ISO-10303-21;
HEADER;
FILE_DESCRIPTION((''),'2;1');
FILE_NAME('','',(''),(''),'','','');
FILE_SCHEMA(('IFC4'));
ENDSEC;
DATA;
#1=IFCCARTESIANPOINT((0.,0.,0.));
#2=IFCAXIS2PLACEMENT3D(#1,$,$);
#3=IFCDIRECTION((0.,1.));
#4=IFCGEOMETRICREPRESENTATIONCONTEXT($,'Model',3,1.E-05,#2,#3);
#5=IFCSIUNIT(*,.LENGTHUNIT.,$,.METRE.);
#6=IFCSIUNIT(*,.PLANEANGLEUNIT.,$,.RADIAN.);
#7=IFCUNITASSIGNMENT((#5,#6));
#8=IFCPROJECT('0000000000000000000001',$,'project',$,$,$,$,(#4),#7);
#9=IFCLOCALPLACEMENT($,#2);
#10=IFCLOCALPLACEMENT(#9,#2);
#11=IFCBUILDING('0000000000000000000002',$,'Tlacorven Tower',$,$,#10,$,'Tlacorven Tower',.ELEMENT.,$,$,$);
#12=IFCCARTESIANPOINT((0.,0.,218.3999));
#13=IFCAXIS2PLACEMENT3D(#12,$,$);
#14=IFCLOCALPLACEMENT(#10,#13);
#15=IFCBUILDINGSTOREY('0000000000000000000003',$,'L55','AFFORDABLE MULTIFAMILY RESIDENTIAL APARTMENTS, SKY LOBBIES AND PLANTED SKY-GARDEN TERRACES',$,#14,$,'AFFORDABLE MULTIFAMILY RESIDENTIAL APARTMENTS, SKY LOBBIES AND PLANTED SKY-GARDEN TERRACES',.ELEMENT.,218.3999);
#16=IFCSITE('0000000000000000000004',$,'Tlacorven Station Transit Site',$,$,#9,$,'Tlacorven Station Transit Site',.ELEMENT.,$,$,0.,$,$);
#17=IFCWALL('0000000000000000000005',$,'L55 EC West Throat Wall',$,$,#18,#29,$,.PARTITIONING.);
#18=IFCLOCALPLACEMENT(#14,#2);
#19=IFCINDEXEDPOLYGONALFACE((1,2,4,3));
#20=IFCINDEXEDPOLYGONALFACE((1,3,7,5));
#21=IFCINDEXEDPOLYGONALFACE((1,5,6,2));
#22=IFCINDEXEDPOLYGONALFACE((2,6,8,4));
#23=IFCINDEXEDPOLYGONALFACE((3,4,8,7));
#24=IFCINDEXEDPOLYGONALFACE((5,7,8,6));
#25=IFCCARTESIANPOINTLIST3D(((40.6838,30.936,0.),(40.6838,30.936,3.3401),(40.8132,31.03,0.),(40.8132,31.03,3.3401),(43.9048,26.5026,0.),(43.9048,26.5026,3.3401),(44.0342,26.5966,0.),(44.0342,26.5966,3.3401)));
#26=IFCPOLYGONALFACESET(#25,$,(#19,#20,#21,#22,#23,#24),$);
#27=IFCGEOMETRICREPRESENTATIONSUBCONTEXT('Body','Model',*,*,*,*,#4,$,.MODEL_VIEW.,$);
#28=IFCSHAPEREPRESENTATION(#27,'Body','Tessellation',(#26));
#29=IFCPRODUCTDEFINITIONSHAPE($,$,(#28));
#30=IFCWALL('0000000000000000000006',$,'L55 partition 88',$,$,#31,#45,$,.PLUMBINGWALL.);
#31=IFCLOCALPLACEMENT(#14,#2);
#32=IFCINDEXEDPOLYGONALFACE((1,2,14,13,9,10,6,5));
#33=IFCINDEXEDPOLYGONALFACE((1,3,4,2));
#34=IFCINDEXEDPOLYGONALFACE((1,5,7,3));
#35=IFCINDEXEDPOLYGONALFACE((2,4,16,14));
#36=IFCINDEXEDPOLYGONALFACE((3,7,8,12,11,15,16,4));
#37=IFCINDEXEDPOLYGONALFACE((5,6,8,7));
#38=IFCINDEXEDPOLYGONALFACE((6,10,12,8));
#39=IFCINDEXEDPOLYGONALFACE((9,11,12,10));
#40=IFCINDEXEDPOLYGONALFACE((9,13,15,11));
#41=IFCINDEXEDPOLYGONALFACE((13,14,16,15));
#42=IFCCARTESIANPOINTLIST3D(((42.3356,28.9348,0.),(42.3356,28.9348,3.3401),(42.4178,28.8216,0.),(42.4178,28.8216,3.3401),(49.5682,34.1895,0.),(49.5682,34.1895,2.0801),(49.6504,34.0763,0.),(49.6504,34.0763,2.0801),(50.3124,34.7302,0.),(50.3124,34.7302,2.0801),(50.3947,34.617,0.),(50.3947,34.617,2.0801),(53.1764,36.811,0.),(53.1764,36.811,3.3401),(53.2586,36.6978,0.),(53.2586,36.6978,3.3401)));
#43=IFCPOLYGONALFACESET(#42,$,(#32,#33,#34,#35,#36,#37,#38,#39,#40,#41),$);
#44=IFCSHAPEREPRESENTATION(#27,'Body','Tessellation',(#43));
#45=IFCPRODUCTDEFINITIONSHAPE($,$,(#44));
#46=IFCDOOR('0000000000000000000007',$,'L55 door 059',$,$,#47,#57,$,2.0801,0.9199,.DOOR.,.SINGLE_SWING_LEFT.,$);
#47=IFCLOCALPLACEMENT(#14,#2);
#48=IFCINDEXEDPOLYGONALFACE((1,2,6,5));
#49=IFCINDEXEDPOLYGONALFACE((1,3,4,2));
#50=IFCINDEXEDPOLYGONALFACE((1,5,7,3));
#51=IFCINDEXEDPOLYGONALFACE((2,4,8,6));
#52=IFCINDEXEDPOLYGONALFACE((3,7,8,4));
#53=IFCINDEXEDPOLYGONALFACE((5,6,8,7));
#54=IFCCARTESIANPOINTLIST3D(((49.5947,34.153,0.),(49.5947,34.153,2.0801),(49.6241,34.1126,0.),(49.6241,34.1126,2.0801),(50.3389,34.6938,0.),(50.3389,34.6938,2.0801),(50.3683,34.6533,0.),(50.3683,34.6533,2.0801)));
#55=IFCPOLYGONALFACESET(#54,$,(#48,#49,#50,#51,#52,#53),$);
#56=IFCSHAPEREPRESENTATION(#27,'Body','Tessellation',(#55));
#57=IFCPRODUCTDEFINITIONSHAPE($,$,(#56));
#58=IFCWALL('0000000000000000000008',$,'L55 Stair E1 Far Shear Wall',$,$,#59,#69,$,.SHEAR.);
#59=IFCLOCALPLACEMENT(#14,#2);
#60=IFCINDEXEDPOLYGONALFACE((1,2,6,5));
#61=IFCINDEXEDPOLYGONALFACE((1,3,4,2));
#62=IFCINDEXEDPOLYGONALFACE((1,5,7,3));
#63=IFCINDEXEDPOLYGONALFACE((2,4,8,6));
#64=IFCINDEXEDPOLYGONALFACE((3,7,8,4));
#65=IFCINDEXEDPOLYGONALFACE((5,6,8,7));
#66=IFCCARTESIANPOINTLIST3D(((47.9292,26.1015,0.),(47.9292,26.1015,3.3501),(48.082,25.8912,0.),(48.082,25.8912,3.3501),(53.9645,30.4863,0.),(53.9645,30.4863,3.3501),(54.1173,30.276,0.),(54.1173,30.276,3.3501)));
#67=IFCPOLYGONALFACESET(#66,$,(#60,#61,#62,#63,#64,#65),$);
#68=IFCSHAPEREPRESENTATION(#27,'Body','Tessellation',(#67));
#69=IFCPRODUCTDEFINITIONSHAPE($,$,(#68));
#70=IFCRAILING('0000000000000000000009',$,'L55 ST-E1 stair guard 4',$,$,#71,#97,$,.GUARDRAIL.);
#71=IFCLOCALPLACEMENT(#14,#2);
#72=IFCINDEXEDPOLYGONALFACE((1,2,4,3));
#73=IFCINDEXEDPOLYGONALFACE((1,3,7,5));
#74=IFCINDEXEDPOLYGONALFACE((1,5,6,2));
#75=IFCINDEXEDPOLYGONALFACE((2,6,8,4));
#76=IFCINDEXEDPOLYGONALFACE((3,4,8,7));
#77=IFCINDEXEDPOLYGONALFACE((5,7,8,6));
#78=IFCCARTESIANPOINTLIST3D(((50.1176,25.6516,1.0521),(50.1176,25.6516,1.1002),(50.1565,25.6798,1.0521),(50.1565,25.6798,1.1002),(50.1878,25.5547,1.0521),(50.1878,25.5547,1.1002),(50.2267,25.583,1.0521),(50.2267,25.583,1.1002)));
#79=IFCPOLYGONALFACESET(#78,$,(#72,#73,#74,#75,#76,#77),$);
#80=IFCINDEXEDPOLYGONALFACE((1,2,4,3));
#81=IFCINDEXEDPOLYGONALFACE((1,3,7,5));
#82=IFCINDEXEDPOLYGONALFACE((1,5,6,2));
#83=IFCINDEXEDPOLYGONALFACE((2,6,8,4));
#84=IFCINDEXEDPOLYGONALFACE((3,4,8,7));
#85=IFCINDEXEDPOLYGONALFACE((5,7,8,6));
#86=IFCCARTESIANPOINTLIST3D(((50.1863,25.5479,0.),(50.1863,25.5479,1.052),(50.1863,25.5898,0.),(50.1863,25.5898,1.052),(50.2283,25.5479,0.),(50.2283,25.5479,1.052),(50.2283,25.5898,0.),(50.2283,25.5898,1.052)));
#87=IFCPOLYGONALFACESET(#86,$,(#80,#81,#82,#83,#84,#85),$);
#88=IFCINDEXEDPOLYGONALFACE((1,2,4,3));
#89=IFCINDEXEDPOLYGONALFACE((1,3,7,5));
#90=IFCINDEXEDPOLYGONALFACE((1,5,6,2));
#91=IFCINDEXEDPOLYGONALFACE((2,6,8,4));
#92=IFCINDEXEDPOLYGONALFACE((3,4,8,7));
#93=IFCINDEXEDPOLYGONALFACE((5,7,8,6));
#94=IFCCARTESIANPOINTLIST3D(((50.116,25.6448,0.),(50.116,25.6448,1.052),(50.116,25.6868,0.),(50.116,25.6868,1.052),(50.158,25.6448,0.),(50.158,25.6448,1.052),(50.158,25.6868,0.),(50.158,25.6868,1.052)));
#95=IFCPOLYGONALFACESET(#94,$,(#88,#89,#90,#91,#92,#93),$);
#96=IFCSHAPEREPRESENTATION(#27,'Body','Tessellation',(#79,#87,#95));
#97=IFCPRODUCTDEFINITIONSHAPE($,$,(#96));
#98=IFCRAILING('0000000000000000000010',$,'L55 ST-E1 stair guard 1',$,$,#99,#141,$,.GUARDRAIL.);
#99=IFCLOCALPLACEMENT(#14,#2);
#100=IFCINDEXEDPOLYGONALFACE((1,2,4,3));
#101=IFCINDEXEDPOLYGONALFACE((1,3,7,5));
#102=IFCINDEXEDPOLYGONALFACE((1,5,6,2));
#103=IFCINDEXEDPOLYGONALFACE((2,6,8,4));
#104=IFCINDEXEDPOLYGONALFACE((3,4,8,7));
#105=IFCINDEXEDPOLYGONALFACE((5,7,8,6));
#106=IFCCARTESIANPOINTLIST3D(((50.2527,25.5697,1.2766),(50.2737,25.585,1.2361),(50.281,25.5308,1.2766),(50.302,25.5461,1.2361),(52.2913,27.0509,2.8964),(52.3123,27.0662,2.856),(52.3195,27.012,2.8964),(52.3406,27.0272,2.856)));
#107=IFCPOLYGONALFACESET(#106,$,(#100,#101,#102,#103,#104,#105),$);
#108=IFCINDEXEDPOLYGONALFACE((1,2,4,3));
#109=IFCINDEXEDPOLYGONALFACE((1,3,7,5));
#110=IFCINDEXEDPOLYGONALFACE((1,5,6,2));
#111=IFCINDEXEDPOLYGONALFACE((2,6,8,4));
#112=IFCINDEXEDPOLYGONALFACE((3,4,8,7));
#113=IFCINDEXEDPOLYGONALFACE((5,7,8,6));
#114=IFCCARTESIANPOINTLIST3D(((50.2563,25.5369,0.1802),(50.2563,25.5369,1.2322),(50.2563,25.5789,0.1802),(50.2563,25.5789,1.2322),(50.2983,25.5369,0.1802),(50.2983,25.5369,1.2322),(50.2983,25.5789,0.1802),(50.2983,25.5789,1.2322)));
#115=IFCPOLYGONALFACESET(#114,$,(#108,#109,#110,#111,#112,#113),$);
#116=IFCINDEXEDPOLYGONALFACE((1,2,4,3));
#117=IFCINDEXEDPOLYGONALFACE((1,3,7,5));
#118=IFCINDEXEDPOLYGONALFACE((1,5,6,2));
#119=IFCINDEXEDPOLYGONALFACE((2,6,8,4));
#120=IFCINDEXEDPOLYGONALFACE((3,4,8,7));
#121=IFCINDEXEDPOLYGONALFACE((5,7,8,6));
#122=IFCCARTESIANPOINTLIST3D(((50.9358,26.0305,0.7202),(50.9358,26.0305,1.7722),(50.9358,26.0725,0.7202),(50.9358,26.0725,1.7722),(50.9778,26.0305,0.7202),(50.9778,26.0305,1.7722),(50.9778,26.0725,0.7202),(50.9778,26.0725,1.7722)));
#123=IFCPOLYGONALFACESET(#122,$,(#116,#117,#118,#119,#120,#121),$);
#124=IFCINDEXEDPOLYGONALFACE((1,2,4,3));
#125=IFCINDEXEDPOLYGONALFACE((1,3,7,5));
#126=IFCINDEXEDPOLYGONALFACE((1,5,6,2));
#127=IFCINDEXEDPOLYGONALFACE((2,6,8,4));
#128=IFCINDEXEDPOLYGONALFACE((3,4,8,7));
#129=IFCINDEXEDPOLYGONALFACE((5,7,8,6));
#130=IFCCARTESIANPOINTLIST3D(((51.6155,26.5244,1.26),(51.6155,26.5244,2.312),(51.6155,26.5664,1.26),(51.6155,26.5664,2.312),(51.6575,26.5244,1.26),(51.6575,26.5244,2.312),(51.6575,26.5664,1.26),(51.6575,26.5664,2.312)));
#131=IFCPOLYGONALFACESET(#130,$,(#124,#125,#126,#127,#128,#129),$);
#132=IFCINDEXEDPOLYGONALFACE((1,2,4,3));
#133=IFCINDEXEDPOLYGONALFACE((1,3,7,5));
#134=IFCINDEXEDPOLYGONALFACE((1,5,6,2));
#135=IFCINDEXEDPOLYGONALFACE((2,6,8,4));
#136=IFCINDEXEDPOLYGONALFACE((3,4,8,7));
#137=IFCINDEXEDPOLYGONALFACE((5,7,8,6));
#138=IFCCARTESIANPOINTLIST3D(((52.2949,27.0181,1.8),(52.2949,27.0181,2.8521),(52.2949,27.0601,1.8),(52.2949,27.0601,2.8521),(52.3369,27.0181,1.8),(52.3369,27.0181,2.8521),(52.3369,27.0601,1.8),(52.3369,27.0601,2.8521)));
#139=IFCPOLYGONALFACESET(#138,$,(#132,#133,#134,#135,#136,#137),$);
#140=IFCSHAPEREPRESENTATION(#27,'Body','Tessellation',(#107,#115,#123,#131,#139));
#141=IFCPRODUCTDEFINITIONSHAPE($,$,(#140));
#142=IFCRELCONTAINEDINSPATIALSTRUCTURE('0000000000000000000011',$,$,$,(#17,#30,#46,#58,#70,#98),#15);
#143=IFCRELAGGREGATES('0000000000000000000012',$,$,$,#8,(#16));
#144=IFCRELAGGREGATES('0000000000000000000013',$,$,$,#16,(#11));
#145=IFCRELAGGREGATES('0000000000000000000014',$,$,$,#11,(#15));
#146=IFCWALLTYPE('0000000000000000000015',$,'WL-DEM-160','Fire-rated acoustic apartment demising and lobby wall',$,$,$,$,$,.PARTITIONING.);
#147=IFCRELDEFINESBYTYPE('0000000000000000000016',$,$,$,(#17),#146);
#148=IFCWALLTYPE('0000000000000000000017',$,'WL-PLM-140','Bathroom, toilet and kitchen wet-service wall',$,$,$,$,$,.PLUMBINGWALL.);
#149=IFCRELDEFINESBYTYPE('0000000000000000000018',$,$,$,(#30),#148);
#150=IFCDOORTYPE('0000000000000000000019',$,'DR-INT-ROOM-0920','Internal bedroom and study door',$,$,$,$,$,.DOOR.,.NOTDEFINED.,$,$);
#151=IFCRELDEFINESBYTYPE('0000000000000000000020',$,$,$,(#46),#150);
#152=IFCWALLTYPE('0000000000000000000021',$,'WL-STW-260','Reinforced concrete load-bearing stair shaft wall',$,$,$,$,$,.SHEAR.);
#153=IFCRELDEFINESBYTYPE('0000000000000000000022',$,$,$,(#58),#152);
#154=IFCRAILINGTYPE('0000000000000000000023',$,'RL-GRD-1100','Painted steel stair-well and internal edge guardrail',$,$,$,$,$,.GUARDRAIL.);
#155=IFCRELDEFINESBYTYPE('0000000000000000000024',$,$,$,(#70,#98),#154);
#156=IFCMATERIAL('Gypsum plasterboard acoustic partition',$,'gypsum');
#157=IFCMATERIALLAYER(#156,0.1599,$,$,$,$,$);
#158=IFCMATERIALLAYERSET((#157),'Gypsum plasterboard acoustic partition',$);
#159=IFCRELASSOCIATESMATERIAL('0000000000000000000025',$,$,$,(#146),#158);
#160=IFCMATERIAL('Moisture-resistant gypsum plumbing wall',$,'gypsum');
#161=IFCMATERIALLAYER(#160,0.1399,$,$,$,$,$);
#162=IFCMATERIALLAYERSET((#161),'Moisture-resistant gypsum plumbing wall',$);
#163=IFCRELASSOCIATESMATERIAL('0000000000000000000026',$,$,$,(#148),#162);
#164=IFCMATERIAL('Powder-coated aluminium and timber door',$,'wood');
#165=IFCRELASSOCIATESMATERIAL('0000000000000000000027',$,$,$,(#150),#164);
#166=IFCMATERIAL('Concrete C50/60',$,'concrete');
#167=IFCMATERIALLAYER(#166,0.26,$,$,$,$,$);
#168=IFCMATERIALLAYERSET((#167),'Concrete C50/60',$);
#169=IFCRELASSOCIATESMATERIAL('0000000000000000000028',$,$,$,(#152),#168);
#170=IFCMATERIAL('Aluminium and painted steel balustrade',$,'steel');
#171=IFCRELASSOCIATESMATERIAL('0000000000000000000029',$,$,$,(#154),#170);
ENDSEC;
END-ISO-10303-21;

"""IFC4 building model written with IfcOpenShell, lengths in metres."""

from ifc_helpers import new_model, si_unit, direction, frame, frame_2d, origin, origin_2d, place, context, subcontext, project, spatial, rectangle, extrude, source, transform, mapped, material, layer, layer_set, type_object, element, fill, save


model = new_model("IFC4")

# Units and contexts
model_context = context("Model", 3, precision=1e-05, world=origin(), true_north=direction((0.0, 1.0)))
body_context = subcontext(model_context, "Body", "Model", "MODEL_VIEW")
ifc_project = project(units=[si_unit("LENGTHUNIT", "METRE"), si_unit("PLANEANGLEUNIT", "RADIAN")], contexts=[model_context])

# Site, building, storey
site_placement = place(None, origin())
site = spatial("IfcSite", under=ifc_project, at=site_placement, Name="Tlacorven Station Transit Site", LongName="Tlacorven Station Transit Site", CompositionType="ELEMENT", RefElevation=0.0)
building_placement = place(site_placement, origin())
building = spatial("IfcBuilding", under=site, at=building_placement, Name="Tlacorven Tower", LongName="Tlacorven Tower", CompositionType="ELEMENT")
storey_placement = place(building_placement, frame((0.0, 0.0, 218.3999)))
storey = spatial("IfcBuildingStorey", under=building, at=storey_placement, Name="L55", Description="AFFORDABLE MULTIFAMILY RESIDENTIAL APARTMENTS, SKY LOBBIES AND PLANTED SKY-GARDEN TERRACES", LongName="AFFORDABLE MULTIFAMILY RESIDENTIAL APARTMENTS, SKY LOBBIES AND PLANTED SKY-GARDEN TERRACES", CompositionType="ELEMENT", Elevation=218.3999)

# Shared definitions
ifc_material_1 = material(Name="Gypsum plasterboard acoustic partition", Category="gypsum")
ifc_layer_1 = layer(ifc_material_1, 0.1599)
ifc_layer_set_1 = layer_set([ifc_layer_1], Name="Gypsum plasterboard acoustic partition")
wall_type_1 = type_object("IfcWallType", Name="WL-DEM-160", Description="Fire-rated acoustic apartment demising and lobby wall", PredefinedType="PARTITIONING", material=ifc_layer_set_1)

# Wall
wall_1_placement = place(storey_placement, frame((43.9695, 26.5496, 0.0), z_axis=(0.0, 0.0, 1.0), x_axis=(-0.587777, 0.809023, 0.0)))
element("IfcWall", 1, at=wall_1_placement, inside=storey, type_object=wall_type_1, Name="L55 EC West Throat Wall", PredefinedType="PARTITIONING", context=body_context, shape_type="SweptSolid", body=[
    extrude(rectangle(XDim=5.48, YDim=0.1599, at=frame_2d((2.74, 0.0))), origin(), (0.0, 0.0, 1.0), 3.3401),
])

# Wall, opening, door
ifc_material_2 = material(Name="Moisture-resistant gypsum plumbing wall", Category="gypsum")
ifc_layer_2 = layer(ifc_material_2, 0.1399)
ifc_layer_set_2 = layer_set([ifc_layer_2], Name="Moisture-resistant gypsum plumbing wall")
wall_type_2 = type_object("IfcWallType", Name="WL-PLM-140", Description="Bathroom, toilet and kitchen wet-service wall", PredefinedType="PLUMBINGWALL", material=ifc_layer_set_2)
wall_2_placement = place(storey_placement, frame((42.3767, 28.8782, 0.0), z_axis=(0.0, 0.0, 1.0), x_axis=(0.80902, 0.587781, 0.0)))
wall_2 = element("IfcWall", 2, at=wall_2_placement, inside=storey, type_object=wall_type_2, Name="L55 partition 88", PredefinedType="PLUMBINGWALL", context=body_context, shape_type="SweptSolid", body=[
    extrude(rectangle(XDim=13.3999, YDim=0.1399, at=frame_2d((6.7, 0.0))), origin(), (0.0, 0.0, 1.0), 3.3401),
])
opening_1_placement = place(wall_2_placement, frame((8.9399, 0.0, 0.0)))
opening_1 = element("IfcOpeningElement", 3, at=opening_1_placement, cuts=wall_2, PredefinedType="OPENING", context=body_context, shape_type="SweptSolid", body=[
    extrude(rectangle(XDim=0.9199, YDim=2.0801, at=frame_2d((0.46, 1.04))), frame((0.0, 0.0801, 0.0), z_axis=(0.0, -1.0, 0.0), x_axis=(1.0, 0.0, 0.0)), (0.0, 0.0, 1.0), 0.1599),
])
ifc_material_3 = material(Name="Powder-coated aluminium and timber door", Category="wood")
door_type_1 = type_object("IfcDoorType", Name="DR-INT-ROOM-0920", Description="Internal bedroom and study door", OperationType="NOTDEFINED", PredefinedType="DOOR", material=ifc_material_3)
shared_shape_1 = source(origin(), body_context, "Body", "SweptSolid", [
    extrude(rectangle(XDim=0.9199, YDim=2.0801, at=frame_2d((0.46, 1.04))), frame((0.0, 0.0249, 0.0), z_axis=(0.0, -1.0, 0.0), x_axis=(1.0, 0.0, 0.0)), (0.0, 0.0, 1.0), 0.05),
])
door_1_placement = place(opening_1_placement, origin())
door_1 = element("IfcDoor", 4, at=door_1_placement, inside=storey, type_object=door_type_1, Name="L55 door 059", OperationType="SINGLE_SWING_LEFT", OverallHeight=2.0801, OverallWidth=0.9199, PredefinedType="DOOR", context=body_context, shape_type="MappedRepresentation", body=[
    mapped(shared_shape_1, transform((0.0, 0.0, 0.0), scale=1.0)),
])
fill(opening_1, door_1)

# Wall
ifc_material_4 = material(Name="Concrete C50/60", Category="concrete")
ifc_layer_3 = layer(ifc_material_4, 0.26)
ifc_layer_set_3 = layer_set([ifc_layer_3], Name="Concrete C50/60")
wall_type_3 = type_object("IfcWallType", Name="WL-STW-260", Description="Reinforced concrete load-bearing stair shaft wall", PredefinedType="SHEAR", material=ifc_layer_set_3)
wall_3_placement = place(storey_placement, frame((48.0056, 25.9963, 0.0), z_axis=(0.0, 0.0, 1.0), x_axis=(0.809019, 0.587782, 0.0)))
element("IfcWall", 5, at=wall_3_placement, inside=storey, type_object=wall_type_3, Name="L55 Stair E1 Far Shear Wall", PredefinedType="SHEAR", context=body_context, shape_type="SweptSolid", body=[
    extrude(rectangle(XDim=7.46, YDim=0.26, at=frame_2d((3.73, 0.0))), origin(), (0.0, 0.0, 1.0), 3.3501),
])

# Railings
ifc_material_5 = material(Name="Aluminium and painted steel balustrade", Category="steel")
railing_type = type_object("IfcRailingType", Name="RL-GRD-1100", Description="Painted steel stair-well and internal edge guardrail", PredefinedType="GUARDRAIL", material=ifc_material_5)
shared_shape_2 = source(origin(), body_context, "Body", "SweptSolid", [
    extrude(rectangle(XDim=0.0481, YDim=0.0481, at=origin_2d()), frame((0.0, 0.0, 1.0762), z_axis=(-0.587201, 0.809441, 0.0), x_axis=(-0.809441, -0.587201, 0.0)), (0.0, 0.0, 1.0), 0.1196),
    extrude(rectangle(XDim=0.042, YDim=0.042, at=origin_2d()), origin(), (0.0, 0.0, 1.0), 1.052),
    extrude(rectangle(XDim=0.042, YDim=0.042, at=origin_2d()), frame((-0.0703, 0.0969, 0.0)), (0.0, 0.0, 1.0), 1.052),
])
railing_1_placement = place(storey_placement, frame((50.2073, 25.5688, 0.0)))
element("IfcRailing", 6, at=railing_1_placement, inside=storey, type_object=railing_type, Name="L55 ST-E1 stair guard 4", PredefinedType="GUARDRAIL", context=body_context, shape_type="MappedRepresentation", body=[
    mapped(shared_shape_2, transform((0.0, 0.0, 0.0), scale=1.0)),
])
shared_shape_3 = source(origin(), body_context, "Body", "SweptSolid", [
    extrude(rectangle(XDim=0.0481, YDim=0.0481, at=origin_2d()), frame((0.0, 0.0, 1.0762), z_axis=(0.680519, 0.494456, 0.540747), x_axis=(-0.587809, 0.809, 0.0)), (0.0, 0.0, 1.0), 2.9956),
    extrude(rectangle(XDim=0.042, YDim=0.042, at=origin_2d()), origin(), (0.0, 0.0, 1.0), 1.052),
    extrude(rectangle(XDim=0.042, YDim=0.042, at=origin_2d()), frame((0.6794, 0.4937, 0.54)), (0.0, 0.0, 1.0), 1.052),
    extrude(rectangle(XDim=0.042, YDim=0.042, at=origin_2d()), frame((1.3591, 0.9875, 1.0798)), (0.0, 0.0, 1.0), 1.052),
    extrude(rectangle(XDim=0.042, YDim=0.042, at=origin_2d()), frame((2.0386, 1.4812, 1.6199)), (0.0, 0.0, 1.0), 1.052),
])
railing_2_placement = place(storey_placement, frame((50.2773, 25.5579, 0.1802)))
element("IfcRailing", 7, at=railing_2_placement, inside=storey, type_object=railing_type, Name="L55 ST-E1 stair guard 1", PredefinedType="GUARDRAIL", context=body_context, shape_type="MappedRepresentation", body=[
    mapped(shared_shape_3, transform((0.0, 0.0, 0.0), scale=1.0)),
])

save(model, "model.ifc")
